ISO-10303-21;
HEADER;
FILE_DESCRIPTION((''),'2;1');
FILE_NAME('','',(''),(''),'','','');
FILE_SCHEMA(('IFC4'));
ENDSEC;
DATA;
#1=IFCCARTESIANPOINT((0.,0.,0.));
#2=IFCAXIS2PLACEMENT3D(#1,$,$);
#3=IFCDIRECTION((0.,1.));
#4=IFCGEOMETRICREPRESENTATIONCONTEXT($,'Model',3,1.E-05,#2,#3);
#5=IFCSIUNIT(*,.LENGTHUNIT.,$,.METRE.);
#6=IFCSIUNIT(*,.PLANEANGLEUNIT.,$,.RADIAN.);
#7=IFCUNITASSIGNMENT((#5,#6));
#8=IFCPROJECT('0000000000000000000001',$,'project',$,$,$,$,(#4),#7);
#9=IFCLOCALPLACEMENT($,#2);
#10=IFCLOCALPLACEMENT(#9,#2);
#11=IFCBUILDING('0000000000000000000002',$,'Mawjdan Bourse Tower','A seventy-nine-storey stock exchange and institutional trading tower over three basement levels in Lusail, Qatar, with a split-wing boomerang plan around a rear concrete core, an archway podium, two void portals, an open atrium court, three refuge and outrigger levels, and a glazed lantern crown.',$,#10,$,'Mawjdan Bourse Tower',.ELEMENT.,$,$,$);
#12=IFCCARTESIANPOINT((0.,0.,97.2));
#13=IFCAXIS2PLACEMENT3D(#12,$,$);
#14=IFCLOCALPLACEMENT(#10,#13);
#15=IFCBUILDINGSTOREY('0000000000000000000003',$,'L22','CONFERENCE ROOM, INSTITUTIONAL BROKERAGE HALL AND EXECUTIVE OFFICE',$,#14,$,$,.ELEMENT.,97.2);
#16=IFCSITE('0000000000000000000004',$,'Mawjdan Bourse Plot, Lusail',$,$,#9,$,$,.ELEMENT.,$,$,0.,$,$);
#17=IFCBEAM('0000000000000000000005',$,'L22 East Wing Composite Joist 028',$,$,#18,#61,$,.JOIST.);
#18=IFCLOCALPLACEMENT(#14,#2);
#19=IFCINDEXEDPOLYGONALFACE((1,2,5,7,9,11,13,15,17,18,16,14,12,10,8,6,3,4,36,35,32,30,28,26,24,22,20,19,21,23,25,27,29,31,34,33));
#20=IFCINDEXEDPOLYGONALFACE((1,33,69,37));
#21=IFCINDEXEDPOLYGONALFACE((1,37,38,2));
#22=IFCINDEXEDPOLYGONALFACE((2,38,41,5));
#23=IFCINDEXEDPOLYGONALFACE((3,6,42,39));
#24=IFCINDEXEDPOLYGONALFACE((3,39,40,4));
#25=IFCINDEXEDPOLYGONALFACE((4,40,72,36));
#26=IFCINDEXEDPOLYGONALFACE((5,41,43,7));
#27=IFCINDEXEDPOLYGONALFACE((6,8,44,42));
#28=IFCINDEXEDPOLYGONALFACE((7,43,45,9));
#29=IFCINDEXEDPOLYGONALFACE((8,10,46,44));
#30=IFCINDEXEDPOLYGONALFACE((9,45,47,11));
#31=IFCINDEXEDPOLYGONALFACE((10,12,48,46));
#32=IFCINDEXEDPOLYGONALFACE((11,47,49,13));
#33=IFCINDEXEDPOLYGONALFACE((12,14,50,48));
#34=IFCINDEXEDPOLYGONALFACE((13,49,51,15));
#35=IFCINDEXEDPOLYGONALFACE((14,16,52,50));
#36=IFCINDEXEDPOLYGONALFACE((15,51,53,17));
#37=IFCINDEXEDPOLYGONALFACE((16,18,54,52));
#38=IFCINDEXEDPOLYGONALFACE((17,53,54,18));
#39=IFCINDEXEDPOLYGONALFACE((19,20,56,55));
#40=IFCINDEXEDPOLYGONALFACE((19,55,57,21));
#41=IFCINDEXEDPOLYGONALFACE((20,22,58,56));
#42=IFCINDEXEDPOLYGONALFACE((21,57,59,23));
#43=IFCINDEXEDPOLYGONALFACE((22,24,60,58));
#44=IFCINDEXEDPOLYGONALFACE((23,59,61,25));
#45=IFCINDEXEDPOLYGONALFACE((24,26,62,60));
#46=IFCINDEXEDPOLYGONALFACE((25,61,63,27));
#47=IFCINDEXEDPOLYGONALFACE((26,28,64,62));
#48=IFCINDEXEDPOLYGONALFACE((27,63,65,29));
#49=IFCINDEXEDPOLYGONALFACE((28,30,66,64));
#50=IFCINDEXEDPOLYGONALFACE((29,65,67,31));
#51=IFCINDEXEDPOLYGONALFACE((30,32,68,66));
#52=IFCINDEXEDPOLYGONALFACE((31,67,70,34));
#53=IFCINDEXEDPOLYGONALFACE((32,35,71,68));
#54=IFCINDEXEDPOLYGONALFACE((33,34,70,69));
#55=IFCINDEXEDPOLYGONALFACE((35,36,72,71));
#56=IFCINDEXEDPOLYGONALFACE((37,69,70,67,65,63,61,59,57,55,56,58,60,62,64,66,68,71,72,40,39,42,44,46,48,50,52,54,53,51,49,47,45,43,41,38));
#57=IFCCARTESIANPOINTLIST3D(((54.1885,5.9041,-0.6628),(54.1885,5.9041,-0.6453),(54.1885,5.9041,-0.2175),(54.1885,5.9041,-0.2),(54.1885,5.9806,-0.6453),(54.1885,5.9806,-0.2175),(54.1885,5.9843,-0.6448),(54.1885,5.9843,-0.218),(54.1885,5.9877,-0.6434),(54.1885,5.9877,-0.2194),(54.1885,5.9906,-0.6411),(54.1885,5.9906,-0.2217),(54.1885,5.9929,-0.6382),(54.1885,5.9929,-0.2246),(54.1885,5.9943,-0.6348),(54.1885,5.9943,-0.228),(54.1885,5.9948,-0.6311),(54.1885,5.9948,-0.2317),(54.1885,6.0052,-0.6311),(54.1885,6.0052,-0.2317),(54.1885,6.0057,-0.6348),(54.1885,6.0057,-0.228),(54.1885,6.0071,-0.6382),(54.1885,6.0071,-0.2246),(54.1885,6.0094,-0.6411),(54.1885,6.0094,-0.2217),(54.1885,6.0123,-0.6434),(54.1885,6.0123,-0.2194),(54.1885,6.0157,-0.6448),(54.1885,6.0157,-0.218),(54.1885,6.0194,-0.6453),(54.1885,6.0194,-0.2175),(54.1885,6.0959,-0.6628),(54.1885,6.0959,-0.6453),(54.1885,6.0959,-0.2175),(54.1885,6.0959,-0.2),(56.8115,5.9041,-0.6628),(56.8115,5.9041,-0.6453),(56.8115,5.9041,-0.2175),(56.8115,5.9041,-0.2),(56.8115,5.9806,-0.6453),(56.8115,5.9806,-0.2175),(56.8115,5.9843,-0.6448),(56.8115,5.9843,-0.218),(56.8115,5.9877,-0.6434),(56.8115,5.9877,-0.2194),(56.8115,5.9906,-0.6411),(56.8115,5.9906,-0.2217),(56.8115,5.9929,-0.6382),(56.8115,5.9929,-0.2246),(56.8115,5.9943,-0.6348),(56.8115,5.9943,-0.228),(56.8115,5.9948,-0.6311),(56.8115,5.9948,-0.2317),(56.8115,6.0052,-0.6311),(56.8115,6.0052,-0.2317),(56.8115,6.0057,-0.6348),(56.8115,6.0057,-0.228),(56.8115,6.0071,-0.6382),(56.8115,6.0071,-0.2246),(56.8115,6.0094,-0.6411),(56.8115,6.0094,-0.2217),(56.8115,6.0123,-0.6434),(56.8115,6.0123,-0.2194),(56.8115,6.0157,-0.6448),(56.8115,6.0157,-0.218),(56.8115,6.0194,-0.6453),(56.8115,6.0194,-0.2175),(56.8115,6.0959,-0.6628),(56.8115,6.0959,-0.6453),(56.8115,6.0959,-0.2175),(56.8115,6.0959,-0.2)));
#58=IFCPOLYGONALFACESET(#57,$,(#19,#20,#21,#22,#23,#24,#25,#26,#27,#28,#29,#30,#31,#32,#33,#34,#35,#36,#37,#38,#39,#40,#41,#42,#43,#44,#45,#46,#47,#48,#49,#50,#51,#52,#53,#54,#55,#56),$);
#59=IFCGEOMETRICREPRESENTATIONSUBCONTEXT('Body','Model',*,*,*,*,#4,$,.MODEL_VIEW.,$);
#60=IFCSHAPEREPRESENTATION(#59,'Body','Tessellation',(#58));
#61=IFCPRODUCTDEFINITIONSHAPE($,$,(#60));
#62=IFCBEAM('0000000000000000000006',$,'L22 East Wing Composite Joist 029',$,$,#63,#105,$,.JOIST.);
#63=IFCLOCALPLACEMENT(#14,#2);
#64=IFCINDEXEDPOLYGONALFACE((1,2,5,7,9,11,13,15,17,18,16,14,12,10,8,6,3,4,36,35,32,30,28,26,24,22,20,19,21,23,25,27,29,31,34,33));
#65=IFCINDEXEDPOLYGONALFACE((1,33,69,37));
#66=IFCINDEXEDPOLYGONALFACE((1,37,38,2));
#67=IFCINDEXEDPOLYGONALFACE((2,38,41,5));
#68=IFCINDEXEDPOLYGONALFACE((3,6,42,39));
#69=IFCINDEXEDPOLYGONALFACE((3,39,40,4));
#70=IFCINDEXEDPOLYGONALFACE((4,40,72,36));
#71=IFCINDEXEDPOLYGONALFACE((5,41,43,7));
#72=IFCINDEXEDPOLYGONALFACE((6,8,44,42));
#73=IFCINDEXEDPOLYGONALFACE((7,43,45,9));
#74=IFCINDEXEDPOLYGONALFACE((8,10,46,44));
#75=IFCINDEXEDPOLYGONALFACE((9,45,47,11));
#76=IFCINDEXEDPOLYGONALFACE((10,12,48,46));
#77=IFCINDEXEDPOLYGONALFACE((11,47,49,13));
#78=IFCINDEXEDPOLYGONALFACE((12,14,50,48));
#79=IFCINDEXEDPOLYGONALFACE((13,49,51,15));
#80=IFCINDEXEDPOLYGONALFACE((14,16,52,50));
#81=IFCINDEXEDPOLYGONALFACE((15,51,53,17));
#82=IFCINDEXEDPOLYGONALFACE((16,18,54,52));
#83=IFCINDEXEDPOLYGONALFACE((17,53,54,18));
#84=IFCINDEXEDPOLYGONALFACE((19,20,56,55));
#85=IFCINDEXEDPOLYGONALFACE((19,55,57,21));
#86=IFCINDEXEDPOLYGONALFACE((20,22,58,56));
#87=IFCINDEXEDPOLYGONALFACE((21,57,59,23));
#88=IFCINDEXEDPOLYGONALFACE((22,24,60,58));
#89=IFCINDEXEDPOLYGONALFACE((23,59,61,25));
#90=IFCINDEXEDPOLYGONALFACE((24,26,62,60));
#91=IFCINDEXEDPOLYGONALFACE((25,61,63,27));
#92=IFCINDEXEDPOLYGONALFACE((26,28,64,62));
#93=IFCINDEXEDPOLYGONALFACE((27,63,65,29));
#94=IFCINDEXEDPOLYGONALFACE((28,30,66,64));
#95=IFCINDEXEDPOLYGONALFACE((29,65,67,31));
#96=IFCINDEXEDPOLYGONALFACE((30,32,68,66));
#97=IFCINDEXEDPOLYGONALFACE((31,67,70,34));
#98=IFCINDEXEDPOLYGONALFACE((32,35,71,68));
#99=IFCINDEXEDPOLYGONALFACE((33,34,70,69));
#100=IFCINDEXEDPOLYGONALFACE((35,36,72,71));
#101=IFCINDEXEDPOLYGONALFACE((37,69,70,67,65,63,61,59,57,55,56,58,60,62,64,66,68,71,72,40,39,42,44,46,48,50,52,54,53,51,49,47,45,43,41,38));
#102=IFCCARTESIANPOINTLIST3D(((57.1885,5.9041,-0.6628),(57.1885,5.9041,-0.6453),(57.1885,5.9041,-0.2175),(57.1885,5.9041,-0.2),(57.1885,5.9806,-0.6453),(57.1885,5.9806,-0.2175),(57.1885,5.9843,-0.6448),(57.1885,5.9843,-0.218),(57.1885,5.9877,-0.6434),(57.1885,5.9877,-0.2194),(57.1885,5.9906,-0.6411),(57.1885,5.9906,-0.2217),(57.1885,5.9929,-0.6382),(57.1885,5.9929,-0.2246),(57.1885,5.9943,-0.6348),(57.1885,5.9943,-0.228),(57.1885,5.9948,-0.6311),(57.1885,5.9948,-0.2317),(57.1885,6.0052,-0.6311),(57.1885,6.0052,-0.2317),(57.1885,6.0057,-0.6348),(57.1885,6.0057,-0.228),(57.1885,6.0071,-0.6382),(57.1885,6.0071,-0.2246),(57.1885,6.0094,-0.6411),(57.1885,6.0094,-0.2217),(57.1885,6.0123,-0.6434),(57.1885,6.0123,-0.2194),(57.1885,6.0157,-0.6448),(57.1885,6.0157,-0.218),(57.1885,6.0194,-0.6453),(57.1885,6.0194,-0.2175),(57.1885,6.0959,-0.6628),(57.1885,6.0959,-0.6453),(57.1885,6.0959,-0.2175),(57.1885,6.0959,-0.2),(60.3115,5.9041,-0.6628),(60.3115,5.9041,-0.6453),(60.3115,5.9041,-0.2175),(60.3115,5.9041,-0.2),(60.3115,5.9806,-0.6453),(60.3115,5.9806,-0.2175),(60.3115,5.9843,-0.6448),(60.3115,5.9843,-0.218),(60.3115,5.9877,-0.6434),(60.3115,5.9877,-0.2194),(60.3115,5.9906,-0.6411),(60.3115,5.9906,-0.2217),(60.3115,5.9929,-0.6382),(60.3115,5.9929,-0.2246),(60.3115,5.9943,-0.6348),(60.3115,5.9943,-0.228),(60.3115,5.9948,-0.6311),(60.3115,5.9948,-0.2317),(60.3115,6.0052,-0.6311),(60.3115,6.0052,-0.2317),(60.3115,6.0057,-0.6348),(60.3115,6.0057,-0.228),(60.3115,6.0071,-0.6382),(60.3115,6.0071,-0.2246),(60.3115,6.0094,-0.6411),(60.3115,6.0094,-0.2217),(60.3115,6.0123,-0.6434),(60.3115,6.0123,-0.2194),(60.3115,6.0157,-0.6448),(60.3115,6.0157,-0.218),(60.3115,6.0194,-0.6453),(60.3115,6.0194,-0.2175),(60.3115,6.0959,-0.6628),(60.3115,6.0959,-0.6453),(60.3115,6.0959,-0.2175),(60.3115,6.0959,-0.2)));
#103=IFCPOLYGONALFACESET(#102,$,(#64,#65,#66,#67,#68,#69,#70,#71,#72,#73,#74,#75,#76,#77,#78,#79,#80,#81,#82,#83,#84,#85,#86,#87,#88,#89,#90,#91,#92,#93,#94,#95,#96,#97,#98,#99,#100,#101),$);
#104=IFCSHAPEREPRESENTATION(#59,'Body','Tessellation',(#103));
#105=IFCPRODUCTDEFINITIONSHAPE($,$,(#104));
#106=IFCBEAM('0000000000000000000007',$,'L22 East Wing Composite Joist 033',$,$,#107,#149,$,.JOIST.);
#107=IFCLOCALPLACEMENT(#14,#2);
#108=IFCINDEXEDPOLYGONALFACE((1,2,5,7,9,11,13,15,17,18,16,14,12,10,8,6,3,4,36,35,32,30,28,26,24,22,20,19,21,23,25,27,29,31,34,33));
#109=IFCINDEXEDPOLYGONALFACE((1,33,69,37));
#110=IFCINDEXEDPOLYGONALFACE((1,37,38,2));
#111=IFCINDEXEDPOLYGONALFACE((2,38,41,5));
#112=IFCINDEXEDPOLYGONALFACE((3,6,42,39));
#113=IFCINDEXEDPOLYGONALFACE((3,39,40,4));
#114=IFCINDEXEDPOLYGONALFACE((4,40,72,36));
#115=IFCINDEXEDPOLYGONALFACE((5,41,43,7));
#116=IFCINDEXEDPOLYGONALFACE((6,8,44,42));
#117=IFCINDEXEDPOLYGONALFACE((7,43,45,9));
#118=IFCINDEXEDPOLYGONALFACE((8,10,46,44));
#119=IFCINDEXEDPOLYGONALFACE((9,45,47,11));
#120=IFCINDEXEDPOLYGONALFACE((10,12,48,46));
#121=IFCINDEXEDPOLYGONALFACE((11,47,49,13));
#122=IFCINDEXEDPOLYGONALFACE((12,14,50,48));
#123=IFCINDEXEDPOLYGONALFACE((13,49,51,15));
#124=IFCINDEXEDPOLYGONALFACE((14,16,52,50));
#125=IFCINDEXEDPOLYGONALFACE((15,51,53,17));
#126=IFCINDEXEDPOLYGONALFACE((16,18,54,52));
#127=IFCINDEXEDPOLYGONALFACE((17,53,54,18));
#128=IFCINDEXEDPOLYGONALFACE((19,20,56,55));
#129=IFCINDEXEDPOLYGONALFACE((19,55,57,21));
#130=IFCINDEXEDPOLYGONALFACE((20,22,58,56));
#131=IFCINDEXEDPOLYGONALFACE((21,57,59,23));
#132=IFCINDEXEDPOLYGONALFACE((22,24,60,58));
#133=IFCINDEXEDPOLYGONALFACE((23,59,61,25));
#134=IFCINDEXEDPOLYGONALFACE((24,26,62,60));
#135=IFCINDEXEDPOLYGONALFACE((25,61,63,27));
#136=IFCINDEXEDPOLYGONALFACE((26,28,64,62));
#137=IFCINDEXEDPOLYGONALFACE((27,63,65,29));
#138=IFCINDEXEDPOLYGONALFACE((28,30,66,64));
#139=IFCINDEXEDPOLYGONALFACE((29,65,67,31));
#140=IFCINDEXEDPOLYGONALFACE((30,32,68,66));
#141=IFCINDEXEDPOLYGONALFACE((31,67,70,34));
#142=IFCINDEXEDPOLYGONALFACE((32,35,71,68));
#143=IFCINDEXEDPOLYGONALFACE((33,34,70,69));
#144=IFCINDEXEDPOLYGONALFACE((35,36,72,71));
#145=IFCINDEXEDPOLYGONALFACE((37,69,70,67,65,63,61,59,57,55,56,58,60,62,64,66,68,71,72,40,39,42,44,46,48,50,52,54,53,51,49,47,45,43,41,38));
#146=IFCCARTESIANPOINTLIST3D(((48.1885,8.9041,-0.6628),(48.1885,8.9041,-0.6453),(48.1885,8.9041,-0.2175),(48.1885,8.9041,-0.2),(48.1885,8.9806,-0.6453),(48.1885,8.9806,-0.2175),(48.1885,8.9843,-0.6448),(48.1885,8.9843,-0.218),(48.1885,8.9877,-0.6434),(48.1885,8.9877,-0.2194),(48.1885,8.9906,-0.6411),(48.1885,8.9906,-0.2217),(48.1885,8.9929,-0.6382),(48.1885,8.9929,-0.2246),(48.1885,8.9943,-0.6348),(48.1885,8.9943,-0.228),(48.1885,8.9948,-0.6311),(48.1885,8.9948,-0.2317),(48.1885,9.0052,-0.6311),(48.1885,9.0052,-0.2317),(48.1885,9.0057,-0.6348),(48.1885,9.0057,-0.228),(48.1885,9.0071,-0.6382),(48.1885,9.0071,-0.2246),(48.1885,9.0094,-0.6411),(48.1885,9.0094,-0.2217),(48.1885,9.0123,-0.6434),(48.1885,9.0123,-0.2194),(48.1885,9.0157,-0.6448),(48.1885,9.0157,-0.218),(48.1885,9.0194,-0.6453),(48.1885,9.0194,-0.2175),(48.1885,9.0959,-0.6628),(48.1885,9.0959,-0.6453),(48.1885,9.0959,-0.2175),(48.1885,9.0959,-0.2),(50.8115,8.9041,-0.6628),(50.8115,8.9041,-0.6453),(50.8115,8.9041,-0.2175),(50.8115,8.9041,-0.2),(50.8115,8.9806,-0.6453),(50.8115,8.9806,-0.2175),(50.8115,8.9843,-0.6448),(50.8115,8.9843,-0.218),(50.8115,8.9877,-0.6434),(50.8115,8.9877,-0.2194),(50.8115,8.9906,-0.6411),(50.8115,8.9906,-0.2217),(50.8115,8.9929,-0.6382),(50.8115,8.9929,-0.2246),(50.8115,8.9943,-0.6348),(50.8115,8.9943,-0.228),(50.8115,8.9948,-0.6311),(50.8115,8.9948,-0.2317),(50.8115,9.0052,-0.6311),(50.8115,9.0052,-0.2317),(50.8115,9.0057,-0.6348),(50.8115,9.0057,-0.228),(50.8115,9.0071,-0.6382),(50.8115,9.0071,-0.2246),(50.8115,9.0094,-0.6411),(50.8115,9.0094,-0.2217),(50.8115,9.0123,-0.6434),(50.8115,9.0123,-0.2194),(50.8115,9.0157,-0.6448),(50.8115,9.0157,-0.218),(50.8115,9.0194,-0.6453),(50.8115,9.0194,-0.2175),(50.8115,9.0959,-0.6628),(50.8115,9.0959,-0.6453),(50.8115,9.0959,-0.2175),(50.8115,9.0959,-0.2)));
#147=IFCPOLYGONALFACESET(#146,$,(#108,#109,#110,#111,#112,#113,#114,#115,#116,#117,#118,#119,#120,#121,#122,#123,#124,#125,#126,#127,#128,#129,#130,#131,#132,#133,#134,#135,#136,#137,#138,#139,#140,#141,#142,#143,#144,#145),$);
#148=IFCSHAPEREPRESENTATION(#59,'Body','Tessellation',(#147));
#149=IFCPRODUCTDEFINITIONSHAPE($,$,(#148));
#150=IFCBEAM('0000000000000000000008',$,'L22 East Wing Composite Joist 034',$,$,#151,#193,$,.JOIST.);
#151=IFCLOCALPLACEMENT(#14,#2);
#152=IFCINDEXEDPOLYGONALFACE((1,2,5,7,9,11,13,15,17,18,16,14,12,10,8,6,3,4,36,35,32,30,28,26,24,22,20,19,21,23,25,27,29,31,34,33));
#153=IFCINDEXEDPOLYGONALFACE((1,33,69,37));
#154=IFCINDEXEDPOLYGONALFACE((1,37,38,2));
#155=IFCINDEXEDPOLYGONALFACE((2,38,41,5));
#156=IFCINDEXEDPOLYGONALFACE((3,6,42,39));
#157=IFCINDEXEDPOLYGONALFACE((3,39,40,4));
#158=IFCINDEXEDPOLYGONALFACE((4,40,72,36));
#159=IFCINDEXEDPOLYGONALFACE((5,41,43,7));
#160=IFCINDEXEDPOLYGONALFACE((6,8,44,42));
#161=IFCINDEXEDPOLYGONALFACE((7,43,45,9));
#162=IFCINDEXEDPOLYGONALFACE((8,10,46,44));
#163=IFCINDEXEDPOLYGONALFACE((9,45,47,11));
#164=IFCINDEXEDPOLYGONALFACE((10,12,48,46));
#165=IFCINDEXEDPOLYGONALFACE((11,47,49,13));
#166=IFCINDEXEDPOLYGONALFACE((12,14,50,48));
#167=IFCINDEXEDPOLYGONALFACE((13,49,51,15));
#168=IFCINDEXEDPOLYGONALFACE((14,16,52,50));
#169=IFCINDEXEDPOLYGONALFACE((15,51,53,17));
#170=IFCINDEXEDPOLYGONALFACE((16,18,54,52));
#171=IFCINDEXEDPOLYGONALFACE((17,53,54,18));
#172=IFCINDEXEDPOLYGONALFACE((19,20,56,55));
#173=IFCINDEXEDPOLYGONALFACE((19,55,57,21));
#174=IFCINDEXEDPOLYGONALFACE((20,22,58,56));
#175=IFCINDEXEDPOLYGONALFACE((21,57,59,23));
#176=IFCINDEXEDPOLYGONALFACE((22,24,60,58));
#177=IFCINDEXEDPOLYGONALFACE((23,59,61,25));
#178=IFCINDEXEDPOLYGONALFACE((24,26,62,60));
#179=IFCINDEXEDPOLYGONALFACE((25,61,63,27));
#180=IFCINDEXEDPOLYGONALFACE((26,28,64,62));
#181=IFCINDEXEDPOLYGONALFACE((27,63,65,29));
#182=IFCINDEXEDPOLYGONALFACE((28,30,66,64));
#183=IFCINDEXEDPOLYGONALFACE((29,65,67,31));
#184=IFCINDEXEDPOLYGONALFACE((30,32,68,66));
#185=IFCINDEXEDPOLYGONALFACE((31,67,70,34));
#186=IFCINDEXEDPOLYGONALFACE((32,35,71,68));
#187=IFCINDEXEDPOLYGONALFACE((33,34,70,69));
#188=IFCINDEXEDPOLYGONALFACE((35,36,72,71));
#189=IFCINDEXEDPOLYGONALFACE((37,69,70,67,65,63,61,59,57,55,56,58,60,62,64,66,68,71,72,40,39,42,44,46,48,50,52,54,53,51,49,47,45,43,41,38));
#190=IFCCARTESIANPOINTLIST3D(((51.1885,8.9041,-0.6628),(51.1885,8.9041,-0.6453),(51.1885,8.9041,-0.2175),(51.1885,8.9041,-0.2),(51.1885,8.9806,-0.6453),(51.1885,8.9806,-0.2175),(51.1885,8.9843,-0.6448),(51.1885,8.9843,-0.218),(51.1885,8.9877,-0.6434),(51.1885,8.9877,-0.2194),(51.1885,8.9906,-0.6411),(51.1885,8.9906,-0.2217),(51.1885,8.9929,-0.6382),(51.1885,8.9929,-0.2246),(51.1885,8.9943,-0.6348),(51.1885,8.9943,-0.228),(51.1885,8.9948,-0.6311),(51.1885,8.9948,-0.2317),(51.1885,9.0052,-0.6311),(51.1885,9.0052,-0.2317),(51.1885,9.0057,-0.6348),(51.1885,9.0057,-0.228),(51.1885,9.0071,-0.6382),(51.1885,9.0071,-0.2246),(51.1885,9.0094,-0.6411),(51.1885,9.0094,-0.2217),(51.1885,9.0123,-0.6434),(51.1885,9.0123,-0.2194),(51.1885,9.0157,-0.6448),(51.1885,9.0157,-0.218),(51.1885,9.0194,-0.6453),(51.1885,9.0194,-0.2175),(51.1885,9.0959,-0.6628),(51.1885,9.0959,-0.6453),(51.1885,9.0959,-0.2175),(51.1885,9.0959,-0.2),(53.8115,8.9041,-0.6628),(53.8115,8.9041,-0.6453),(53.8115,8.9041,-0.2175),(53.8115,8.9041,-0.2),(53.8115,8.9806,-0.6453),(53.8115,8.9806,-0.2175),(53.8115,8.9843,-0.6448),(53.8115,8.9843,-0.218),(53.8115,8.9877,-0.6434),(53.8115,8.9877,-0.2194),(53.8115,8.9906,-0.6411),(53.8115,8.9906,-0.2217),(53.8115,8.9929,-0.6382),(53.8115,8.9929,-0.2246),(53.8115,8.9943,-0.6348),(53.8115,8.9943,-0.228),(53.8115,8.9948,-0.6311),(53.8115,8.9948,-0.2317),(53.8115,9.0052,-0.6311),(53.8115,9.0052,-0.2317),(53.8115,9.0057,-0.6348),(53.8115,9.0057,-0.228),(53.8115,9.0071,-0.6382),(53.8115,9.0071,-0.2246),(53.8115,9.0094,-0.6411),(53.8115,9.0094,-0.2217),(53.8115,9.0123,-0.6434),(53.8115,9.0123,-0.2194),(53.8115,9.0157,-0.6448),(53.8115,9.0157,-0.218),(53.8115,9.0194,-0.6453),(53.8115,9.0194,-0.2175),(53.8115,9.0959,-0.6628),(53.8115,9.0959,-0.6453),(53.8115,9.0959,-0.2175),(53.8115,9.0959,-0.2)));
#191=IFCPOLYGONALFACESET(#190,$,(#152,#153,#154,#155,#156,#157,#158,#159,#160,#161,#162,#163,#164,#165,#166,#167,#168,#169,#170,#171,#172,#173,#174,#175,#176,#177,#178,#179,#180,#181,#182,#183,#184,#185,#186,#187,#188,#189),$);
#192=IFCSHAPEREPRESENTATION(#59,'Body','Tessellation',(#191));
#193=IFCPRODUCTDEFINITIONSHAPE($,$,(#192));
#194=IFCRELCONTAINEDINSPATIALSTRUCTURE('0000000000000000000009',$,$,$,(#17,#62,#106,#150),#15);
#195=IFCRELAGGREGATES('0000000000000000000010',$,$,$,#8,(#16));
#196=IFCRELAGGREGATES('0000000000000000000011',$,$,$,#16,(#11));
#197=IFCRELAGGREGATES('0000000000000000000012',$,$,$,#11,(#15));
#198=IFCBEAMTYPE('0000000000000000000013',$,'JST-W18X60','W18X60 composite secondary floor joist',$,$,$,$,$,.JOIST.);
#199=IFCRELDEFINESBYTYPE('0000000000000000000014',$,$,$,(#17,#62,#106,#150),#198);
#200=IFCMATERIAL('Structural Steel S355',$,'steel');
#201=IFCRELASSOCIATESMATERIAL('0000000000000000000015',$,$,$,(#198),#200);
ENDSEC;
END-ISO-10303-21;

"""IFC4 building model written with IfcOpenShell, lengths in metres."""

from ifc_helpers import new_model, si_unit, direction, frame, origin, origin_2d, place, context, subcontext, project, spatial, i_section, extrude, material, material_profile, profile_set, type_object, element, save


model = new_model("IFC4")

# Units and contexts
model_context = context("Model", 3, precision=1e-05, world=origin(), true_north=direction((0.0, 1.0)))
body_context = subcontext(model_context, "Body", "Model", "MODEL_VIEW")
ifc_project = project(units=[si_unit("LENGTHUNIT", "METRE"), si_unit("PLANEANGLEUNIT", "RADIAN")], contexts=[model_context])

# Site, building, storey
site_placement = place(None, origin())
site = spatial("IfcSite", under=ifc_project, at=site_placement, Name="Mawjdan Bourse Plot, Lusail", CompositionType="ELEMENT", RefElevation=0.0)
building_placement = place(site_placement, origin())
building = spatial("IfcBuilding", under=site, at=building_placement, Name="Mawjdan Bourse Tower", Description="A seventy-nine-storey stock exchange and institutional trading tower over three basement levels in Lusail, Qatar, with a split-wing boomerang plan around a rear concrete core, an archway podium, two void portals, an open atrium court, three refuge and outrigger levels, and a glazed lantern crown.", LongName="Mawjdan Bourse Tower", CompositionType="ELEMENT")
storey_placement = place(building_placement, frame((0.0, 0.0, 97.2)))
storey = spatial("IfcBuildingStorey", under=building, at=storey_placement, Name="L22", Description="CONFERENCE ROOM, INSTITUTIONAL BROKERAGE HALL AND EXECUTIVE OFFICE", CompositionType="ELEMENT", Elevation=97.2)

# Beams
ifc_material_1 = material(Name="Structural Steel S355", Category="steel")
ifc_material_profile_1 = material_profile(ifc_material_1, i_section(OverallWidth=0.1919, OverallDepth=0.4629, WebThickness=0.0105, FlangeThickness=0.0176, FilletRadius=0.0142, at=origin_2d()), Name="W18X60")
ifc_profile_set_1 = profile_set([ifc_material_profile_1], Name="Structural Steel S355")
beam_type_1 = type_object("IfcBeamType", Name="JST-W18X60", Description="W18X60 composite secondary floor joist", PredefinedType="JOIST", material=ifc_profile_set_1)
for number, where, z_axis, x_axis, name in (
    (1, (54.1885, 6.0, -0.4314), (1.0, 0.0, 0.0), (0.0, 1.0, 0.0), "L22 East Wing Composite Joist 028"),
):
    element("IfcBeam", number, at=place(storey_placement, frame(where, z_axis=z_axis, x_axis=x_axis)), inside=storey, type_object=beam_type_1, Name=name, PredefinedType="JOIST", context=body_context, shape_type="SweptSolid", body=[
        extrude(i_section(OverallWidth=0.1919, OverallDepth=0.4629, WebThickness=0.0105, FlangeThickness=0.0176, FilletRadius=0.0142, at=origin_2d()), origin(), (0.0, 0.0, 1.0), 2.623),
    ])
beam_1_placement = place(storey_placement, frame((57.1885, 6.0, -0.4314), z_axis=(1.0, 0.0, 0.0), x_axis=(0.0, 1.0, 0.0)))
element("IfcBeam", 2, at=beam_1_placement, inside=storey, type_object=beam_type_1, Name="L22 East Wing Composite Joist 029", PredefinedType="JOIST", context=body_context, shape_type="SweptSolid", body=[
    extrude(i_section(OverallWidth=0.1919, OverallDepth=0.4629, WebThickness=0.0105, FlangeThickness=0.0176, FilletRadius=0.0142, at=origin_2d()), origin(), (0.0, 0.0, 1.0), 3.123),
])
for number, where, z_axis, x_axis, name in (
    (3, (48.1885, 9.0, -0.4314), (1.0, 0.0, 0.0), (0.0, 1.0, 0.0), "L22 East Wing Composite Joist 033"),
    (4, (51.1885, 9.0, -0.4314), (1.0, 0.0, 0.0), (0.0, 1.0, 0.0), "L22 East Wing Composite Joist 034"),
):
    element("IfcBeam", number, at=place(storey_placement, frame(where, z_axis=z_axis, x_axis=x_axis)), inside=storey, type_object=beam_type_1, Name=name, PredefinedType="JOIST", context=body_context, shape_type="SweptSolid", body=[
        extrude(i_section(OverallWidth=0.1919, OverallDepth=0.4629, WebThickness=0.0105, FlangeThickness=0.0176, FilletRadius=0.0142, at=origin_2d()), origin(), (0.0, 0.0, 1.0), 2.623),
    ])

save(model, "model.ifc")
